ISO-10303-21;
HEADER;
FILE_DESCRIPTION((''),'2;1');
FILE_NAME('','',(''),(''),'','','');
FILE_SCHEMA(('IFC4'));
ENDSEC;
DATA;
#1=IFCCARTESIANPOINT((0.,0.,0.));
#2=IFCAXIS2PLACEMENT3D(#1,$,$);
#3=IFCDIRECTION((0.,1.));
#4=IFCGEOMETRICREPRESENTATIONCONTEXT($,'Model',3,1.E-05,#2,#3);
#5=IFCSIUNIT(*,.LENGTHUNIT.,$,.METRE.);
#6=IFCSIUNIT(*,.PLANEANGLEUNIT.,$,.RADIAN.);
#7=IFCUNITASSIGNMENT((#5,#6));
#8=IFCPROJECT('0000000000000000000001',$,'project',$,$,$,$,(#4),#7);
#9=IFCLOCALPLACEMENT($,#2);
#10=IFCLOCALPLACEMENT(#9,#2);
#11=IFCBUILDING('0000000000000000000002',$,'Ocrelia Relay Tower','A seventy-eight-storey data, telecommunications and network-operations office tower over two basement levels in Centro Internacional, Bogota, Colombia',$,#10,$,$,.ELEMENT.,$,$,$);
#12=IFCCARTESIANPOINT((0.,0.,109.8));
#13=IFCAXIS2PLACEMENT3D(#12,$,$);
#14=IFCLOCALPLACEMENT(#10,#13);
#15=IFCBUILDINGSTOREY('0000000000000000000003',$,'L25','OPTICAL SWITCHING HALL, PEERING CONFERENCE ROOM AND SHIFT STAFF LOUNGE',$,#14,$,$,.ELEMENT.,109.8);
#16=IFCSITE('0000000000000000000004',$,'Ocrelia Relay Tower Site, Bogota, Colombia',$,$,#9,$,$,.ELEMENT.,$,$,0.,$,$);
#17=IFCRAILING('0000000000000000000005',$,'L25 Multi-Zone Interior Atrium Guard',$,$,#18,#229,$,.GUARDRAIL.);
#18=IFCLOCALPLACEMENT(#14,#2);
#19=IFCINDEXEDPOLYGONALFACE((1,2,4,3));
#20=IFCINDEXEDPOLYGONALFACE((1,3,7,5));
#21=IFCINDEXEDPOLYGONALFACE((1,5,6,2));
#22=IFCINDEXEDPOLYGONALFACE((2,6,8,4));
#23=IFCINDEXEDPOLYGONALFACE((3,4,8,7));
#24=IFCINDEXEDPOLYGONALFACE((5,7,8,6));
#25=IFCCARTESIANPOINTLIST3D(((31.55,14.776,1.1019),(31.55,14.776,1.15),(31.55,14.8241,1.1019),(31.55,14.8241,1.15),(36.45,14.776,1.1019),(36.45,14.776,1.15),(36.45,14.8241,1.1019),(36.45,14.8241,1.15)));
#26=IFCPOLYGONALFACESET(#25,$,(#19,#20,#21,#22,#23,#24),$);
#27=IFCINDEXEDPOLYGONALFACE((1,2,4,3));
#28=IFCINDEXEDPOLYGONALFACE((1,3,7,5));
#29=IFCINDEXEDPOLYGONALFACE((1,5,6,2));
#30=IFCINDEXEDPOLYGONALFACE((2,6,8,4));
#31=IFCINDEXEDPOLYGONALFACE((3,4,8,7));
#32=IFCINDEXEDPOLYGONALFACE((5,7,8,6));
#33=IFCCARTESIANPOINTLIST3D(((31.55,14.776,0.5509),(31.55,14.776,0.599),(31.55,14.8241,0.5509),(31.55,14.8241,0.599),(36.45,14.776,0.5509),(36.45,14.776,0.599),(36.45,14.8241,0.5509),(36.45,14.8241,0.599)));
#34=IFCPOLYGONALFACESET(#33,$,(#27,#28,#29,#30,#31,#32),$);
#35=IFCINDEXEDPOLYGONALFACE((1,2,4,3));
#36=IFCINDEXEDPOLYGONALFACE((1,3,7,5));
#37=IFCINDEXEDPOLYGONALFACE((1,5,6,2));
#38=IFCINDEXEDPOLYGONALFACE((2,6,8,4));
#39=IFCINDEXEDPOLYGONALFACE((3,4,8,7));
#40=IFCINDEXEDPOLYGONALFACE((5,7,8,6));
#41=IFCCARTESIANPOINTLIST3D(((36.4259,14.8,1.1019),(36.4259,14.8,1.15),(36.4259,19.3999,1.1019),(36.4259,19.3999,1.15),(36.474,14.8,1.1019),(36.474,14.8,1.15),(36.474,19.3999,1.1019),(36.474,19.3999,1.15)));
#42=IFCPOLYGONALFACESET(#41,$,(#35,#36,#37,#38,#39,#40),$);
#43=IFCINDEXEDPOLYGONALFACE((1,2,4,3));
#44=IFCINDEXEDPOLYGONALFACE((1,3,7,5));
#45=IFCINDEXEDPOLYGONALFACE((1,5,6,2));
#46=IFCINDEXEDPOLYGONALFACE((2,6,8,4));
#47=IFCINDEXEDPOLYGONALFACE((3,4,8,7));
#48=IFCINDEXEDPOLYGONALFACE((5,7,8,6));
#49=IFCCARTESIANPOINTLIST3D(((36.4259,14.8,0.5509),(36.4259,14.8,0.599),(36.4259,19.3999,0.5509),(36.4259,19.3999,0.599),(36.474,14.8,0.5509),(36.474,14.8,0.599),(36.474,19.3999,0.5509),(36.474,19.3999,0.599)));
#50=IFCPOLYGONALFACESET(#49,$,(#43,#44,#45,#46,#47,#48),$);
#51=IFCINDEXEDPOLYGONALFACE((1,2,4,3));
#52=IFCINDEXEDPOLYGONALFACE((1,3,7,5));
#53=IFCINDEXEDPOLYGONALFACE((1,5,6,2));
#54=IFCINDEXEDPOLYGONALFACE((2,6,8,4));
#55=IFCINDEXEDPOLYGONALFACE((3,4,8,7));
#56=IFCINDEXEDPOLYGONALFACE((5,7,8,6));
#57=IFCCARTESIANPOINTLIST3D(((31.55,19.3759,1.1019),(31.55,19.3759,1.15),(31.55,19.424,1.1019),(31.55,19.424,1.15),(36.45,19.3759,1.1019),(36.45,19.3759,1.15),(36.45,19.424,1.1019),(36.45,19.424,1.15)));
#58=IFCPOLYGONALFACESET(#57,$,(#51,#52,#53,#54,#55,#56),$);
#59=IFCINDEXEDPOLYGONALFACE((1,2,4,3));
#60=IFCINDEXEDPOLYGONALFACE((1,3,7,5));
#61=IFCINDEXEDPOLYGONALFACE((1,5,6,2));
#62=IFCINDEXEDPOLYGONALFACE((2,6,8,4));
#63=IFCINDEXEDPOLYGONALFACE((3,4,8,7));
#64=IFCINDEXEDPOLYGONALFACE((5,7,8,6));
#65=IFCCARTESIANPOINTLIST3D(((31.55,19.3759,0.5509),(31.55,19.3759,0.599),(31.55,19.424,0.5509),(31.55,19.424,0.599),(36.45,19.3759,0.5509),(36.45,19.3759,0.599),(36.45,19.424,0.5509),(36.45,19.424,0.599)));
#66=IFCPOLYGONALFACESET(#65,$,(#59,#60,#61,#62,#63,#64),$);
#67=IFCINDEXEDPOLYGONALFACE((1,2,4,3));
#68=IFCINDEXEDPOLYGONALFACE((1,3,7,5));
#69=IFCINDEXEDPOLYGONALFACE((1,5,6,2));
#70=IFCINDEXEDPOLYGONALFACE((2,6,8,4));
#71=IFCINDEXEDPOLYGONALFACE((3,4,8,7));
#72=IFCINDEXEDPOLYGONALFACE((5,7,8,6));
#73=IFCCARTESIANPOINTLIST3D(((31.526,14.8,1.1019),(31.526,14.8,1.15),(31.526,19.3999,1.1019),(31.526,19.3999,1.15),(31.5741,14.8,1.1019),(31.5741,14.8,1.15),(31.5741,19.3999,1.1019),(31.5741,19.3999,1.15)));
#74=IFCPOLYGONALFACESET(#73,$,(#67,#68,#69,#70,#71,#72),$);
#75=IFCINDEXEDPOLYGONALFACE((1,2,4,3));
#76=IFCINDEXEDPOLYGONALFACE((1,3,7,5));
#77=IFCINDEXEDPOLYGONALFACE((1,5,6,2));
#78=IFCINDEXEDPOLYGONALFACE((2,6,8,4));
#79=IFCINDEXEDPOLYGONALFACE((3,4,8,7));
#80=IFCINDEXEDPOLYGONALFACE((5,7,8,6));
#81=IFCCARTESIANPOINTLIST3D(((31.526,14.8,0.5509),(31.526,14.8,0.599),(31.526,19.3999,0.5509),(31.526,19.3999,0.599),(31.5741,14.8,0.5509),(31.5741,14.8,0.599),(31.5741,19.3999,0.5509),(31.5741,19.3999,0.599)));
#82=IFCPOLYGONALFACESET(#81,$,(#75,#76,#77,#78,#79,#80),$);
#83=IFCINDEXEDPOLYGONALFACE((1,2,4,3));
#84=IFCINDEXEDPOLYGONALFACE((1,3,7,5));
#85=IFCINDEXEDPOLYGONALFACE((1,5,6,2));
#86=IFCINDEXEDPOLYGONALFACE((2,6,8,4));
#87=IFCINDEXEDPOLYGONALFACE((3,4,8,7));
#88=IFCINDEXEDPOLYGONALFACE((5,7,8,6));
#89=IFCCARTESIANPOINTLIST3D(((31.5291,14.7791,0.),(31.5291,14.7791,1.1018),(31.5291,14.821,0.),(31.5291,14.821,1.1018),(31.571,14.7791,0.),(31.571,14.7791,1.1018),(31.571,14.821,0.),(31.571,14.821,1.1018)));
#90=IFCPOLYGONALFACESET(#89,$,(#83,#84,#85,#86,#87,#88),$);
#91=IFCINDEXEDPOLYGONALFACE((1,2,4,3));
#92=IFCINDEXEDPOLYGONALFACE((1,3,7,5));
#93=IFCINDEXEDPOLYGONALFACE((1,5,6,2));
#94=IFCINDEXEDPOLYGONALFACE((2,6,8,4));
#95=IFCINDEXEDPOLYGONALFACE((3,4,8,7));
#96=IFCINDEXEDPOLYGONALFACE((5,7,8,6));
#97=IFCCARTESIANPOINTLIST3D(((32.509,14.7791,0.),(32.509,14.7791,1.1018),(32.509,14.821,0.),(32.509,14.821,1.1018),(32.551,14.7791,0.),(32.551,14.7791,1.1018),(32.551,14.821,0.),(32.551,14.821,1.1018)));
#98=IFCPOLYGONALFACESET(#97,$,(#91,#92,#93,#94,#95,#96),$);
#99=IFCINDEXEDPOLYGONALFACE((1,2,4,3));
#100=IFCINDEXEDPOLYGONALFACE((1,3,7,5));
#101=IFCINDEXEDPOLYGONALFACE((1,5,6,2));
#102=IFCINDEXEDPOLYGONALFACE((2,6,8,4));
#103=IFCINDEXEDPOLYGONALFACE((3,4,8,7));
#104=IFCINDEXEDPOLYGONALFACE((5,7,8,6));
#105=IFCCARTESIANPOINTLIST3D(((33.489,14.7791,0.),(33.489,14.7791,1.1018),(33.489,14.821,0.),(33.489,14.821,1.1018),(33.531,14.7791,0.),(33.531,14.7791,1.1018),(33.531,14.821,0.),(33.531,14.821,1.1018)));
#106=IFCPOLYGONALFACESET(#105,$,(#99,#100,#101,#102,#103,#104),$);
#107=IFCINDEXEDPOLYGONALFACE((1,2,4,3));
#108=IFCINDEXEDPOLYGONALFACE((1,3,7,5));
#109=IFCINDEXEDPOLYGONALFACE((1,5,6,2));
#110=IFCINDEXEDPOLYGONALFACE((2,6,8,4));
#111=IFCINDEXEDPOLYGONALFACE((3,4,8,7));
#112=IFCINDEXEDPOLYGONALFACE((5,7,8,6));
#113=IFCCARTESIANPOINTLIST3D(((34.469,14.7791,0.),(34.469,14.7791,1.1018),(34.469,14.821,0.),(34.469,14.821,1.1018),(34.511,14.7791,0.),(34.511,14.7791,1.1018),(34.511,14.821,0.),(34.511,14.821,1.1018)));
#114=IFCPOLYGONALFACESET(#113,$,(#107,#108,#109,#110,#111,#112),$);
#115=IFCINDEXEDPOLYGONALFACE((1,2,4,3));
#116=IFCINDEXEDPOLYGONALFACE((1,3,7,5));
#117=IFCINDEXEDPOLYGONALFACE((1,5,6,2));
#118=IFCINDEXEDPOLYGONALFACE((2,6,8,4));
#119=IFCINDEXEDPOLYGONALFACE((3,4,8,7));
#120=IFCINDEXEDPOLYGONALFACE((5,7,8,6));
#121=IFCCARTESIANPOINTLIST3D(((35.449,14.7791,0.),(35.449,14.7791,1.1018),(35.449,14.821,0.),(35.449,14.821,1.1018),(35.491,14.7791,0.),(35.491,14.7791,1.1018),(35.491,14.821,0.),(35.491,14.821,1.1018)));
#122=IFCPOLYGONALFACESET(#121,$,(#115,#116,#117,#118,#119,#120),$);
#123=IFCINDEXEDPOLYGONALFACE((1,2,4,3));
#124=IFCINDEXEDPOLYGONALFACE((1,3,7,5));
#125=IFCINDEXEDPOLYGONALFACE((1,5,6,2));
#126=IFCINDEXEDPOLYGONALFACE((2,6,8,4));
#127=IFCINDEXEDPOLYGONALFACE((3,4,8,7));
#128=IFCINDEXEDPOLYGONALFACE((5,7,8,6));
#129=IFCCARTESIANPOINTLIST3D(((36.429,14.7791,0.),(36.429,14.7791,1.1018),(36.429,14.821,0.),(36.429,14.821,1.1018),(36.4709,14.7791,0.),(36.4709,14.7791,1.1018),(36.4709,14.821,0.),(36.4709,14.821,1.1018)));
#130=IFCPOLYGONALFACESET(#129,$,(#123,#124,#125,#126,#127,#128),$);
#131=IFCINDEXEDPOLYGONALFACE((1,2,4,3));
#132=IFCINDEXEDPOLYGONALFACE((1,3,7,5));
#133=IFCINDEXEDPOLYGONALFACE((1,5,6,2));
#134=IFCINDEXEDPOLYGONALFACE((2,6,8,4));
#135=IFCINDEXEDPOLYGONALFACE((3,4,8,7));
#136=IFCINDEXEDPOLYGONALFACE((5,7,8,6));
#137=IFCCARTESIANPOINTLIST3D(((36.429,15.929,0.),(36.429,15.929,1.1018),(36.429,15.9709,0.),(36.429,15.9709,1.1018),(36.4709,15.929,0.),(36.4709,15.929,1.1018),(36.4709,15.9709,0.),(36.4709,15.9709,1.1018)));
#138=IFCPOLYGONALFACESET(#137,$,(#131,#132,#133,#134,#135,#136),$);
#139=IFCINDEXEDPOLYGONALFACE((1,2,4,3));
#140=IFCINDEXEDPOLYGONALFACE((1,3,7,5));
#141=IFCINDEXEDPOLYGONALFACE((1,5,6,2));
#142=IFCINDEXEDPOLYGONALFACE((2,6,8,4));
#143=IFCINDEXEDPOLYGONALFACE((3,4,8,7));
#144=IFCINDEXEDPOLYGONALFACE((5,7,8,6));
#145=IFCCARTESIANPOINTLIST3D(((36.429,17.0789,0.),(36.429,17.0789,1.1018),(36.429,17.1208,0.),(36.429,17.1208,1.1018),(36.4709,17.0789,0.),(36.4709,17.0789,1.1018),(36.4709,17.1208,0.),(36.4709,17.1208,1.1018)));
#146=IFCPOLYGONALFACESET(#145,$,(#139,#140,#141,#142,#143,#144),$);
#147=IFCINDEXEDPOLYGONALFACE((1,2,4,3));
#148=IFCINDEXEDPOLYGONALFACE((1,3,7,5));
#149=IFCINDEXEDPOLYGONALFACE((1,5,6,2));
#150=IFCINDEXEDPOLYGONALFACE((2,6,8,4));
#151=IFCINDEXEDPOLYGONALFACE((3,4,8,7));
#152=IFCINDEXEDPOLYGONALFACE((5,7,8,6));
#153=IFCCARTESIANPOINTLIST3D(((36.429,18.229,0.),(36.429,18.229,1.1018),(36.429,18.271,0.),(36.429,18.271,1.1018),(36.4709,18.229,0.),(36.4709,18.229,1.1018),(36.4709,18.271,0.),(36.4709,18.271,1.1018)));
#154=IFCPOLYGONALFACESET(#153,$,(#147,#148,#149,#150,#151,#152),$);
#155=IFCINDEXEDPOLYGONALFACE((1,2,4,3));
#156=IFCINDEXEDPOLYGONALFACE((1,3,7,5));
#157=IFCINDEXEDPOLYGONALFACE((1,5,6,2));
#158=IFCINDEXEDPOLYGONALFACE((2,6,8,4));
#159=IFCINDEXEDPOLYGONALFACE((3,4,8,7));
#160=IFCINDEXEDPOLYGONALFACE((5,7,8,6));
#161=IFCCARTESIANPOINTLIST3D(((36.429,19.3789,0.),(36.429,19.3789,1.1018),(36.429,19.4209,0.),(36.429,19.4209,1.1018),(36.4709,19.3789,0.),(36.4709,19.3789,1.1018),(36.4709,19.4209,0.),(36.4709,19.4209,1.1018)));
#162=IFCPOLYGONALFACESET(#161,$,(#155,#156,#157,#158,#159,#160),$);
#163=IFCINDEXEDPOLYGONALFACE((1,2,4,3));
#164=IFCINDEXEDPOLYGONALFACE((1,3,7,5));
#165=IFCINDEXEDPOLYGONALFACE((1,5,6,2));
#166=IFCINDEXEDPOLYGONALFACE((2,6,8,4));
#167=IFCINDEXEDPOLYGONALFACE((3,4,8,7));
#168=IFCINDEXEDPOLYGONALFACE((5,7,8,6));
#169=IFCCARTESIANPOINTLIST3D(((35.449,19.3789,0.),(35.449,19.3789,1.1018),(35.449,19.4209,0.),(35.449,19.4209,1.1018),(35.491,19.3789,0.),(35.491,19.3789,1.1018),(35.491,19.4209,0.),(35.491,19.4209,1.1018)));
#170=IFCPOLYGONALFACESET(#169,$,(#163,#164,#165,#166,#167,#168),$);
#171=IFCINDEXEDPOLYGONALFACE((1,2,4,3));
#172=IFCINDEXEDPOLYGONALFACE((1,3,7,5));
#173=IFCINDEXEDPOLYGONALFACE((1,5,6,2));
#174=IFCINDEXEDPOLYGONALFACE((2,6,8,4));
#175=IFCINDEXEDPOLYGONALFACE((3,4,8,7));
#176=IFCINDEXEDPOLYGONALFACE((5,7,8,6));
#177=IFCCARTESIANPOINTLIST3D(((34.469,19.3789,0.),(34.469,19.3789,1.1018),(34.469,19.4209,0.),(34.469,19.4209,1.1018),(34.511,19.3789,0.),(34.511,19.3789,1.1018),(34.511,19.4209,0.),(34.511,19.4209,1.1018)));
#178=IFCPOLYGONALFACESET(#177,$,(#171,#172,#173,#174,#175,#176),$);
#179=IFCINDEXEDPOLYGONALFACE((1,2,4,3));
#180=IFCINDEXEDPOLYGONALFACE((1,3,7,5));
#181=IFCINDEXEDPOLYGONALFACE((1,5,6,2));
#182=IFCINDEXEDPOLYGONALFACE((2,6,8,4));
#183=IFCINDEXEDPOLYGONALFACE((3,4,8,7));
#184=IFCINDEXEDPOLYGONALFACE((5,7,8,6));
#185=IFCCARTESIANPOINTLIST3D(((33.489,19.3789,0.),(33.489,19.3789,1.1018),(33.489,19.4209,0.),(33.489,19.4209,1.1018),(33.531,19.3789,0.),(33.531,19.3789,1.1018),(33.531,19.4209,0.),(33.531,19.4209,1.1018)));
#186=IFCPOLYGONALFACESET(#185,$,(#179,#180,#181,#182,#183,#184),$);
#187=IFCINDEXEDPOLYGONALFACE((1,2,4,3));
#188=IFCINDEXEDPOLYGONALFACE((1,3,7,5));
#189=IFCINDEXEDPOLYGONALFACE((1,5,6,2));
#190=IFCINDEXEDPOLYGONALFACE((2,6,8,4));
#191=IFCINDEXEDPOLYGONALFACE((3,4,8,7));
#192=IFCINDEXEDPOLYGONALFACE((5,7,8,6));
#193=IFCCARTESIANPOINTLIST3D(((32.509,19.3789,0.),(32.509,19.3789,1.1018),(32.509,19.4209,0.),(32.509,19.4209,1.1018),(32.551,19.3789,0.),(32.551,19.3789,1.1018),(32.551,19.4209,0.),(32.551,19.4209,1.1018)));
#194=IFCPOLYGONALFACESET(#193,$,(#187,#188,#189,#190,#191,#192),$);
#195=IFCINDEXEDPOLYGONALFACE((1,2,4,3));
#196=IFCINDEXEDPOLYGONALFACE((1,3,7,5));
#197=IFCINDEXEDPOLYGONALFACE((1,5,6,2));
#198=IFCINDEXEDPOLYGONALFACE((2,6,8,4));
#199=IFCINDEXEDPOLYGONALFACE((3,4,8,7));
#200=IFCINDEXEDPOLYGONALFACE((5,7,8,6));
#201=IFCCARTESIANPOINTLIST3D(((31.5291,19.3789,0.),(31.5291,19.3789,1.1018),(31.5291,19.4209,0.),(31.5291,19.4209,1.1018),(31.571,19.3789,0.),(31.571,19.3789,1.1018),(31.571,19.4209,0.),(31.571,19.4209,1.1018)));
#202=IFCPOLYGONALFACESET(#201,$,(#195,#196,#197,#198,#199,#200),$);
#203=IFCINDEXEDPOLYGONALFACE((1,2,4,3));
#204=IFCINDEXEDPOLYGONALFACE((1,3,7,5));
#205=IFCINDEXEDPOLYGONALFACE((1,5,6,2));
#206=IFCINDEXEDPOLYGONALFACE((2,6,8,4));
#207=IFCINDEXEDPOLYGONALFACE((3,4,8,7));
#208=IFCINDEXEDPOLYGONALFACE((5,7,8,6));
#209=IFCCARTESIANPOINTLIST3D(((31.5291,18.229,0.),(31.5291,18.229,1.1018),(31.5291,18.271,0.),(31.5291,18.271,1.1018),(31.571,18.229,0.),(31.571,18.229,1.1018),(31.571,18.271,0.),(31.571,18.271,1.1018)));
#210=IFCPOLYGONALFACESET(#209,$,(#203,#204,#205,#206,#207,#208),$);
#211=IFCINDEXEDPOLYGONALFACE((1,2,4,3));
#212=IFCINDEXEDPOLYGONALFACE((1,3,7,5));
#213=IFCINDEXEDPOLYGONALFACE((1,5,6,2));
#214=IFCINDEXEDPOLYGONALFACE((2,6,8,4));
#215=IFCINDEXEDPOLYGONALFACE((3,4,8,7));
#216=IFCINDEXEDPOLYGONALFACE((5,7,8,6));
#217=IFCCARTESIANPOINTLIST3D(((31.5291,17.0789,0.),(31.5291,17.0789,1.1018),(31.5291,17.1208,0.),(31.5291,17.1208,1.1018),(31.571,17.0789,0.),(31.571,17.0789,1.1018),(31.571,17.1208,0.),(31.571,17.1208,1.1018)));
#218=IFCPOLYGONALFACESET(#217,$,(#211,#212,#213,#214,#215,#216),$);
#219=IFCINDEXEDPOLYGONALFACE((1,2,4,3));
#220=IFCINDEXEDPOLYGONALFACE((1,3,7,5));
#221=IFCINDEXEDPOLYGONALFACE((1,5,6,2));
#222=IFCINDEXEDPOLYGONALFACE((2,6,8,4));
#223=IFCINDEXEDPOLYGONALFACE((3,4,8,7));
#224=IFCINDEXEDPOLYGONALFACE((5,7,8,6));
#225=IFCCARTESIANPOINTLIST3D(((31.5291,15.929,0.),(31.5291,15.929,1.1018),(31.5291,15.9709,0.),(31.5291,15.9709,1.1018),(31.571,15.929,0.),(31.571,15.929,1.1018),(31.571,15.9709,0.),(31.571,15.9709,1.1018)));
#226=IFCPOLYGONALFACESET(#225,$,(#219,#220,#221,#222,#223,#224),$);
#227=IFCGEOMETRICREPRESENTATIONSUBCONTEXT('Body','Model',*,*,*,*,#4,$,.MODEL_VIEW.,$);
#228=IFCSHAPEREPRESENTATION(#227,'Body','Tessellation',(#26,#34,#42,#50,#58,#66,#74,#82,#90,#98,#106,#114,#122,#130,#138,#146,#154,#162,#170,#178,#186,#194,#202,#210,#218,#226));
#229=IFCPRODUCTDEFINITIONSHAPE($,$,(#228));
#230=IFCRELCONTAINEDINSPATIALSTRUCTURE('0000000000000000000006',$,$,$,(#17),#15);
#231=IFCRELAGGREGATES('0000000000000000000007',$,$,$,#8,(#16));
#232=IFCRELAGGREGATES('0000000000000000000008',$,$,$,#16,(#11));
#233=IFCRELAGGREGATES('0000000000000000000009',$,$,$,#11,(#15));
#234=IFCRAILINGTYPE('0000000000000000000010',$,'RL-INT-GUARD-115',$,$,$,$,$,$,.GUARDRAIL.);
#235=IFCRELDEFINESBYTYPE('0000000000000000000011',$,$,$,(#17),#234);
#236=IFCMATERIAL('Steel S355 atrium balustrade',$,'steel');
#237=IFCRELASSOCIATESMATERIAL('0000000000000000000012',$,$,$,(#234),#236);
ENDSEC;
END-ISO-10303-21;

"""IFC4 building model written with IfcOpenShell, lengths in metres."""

from ifc_helpers import new_model, si_unit, direction, frame, origin, origin_2d, place, context, subcontext, project, spatial, rectangle, extrude, material, type_object, element, save


model = new_model("IFC4")

# Units and contexts
model_context = context("Model", 3, precision=1e-05, world=origin(), true_north=direction((0.0, 1.0)))
body_context = subcontext(model_context, "Body", "Model", "MODEL_VIEW")
ifc_project = project(units=[si_unit("LENGTHUNIT", "METRE"), si_unit("PLANEANGLEUNIT", "RADIAN")], contexts=[model_context])

# Site, building, storey
site_placement = place(None, origin())
site = spatial("IfcSite", under=ifc_project, at=site_placement, Name="Ocrelia Relay Tower Site, Bogota, Colombia", CompositionType="ELEMENT", RefElevation=0.0)
building_placement = place(site_placement, origin())
building = spatial("IfcBuilding", under=site, at=building_placement, Name="Ocrelia Relay Tower", Description="A seventy-eight-storey data, telecommunications and network-operations office tower over two basement levels in Centro Internacional, Bogota, Colombia", CompositionType="ELEMENT")
storey_placement = place(building_placement, frame((0.0, 0.0, 109.8)))
storey = spatial("IfcBuildingStorey", under=building, at=storey_placement, Name="L25", Description="OPTICAL SWITCHING HALL, PEERING CONFERENCE ROOM AND SHIFT STAFF LOUNGE", CompositionType="ELEMENT", Elevation=109.8)

# Railing
ifc_material_1 = material(Name="Steel S355 atrium balustrade", Category="steel")
railing_type_1 = type_object("IfcRailingType", Name="RL-INT-GUARD-115", PredefinedType="GUARDRAIL", material=ifc_material_1)
railing_1_placement = place(storey_placement, frame((31.55, 14.8, 0.0)))
element("IfcRailing", 1, at=railing_1_placement, inside=storey, type_object=railing_type_1, Name="L25 Multi-Zone Interior Atrium Guard", PredefinedType="GUARDRAIL", context=body_context, shape_type="SweptSolid", body=[
    extrude(rectangle(XDim=0.0481, YDim=0.0481, at=origin_2d()), frame((0.0, 0.0, 1.126), z_axis=(1.0, 0.0, 0.0), x_axis=(0.0, 1.0, 0.0)), (0.0, 0.0, 1.0), 4.8999),
    extrude(rectangle(XDim=0.0481, YDim=0.0481, at=origin_2d()), frame((0.0, 0.0, 0.575), z_axis=(1.0, 0.0, 0.0), x_axis=(0.0, 1.0, 0.0)), (0.0, 0.0, 1.0), 4.8999),
    extrude(rectangle(XDim=0.0481, YDim=0.0481, at=origin_2d()), frame((4.8999, 0.0, 1.126), z_axis=(0.0, 1.0, 0.0), x_axis=(-1.0, 0.0, 0.0)), (0.0, 0.0, 1.0), 4.5999),
    extrude(rectangle(XDim=0.0481, YDim=0.0481, at=origin_2d()), frame((4.8999, 0.0, 0.575), z_axis=(0.0, 1.0, 0.0), x_axis=(-1.0, 0.0, 0.0)), (0.0, 0.0, 1.0), 4.5999),
    extrude(rectangle(XDim=0.0481, YDim=0.0481, at=origin_2d()), frame((4.8999, 4.5999, 1.126), z_axis=(-1.0, 0.0, 0.0), x_axis=(0.0, -1.0, 0.0)), (0.0, 0.0, 1.0), 4.8999),
    extrude(rectangle(XDim=0.0481, YDim=0.0481, at=origin_2d()), frame((4.8999, 4.5999, 0.575), z_axis=(-1.0, 0.0, 0.0), x_axis=(0.0, -1.0, 0.0)), (0.0, 0.0, 1.0), 4.8999),
    extrude(rectangle(XDim=0.0481, YDim=0.0481, at=origin_2d()), frame((0.0, 4.5999, 1.126), z_axis=(0.0, -1.0, 0.0), x_axis=(1.0, 0.0, 0.0)), (0.0, 0.0, 1.0), 4.5999),
    extrude(rectangle(XDim=0.0481, YDim=0.0481, at=origin_2d()), frame((0.0, 4.5999, 0.575), z_axis=(0.0, -1.0, 0.0), x_axis=(1.0, 0.0, 0.0)), (0.0, 0.0, 1.0), 4.5999),
    extrude(rectangle(XDim=0.042, YDim=0.042, at=origin_2d()), origin(), (0.0, 0.0, 1.0), 1.1018),
    extrude(rectangle(XDim=0.042, YDim=0.042, at=origin_2d()), frame((0.98, 0.0, 0.0)), (0.0, 0.0, 1.0), 1.1018),
    extrude(rectangle(XDim=0.042, YDim=0.042, at=origin_2d()), frame((1.96, 0.0, 0.0)), (0.0, 0.0, 1.0), 1.1018),
    extrude(rectangle(XDim=0.042, YDim=0.042, at=origin_2d()), frame((2.9399, 0.0, 0.0)), (0.0, 0.0, 1.0), 1.1018),
    extrude(rectangle(XDim=0.042, YDim=0.042, at=origin_2d()), frame((3.9199, 0.0, 0.0)), (0.0, 0.0, 1.0), 1.1018),
    extrude(rectangle(XDim=0.042, YDim=0.042, at=origin_2d()), frame((4.8999, 0.0, 0.0)), (0.0, 0.0, 1.0), 1.1018),
    extrude(rectangle(XDim=0.042, YDim=0.042, at=origin_2d()), frame((4.8999, 1.1499, 0.0)), (0.0, 0.0, 1.0), 1.1018),
    extrude(rectangle(XDim=0.042, YDim=0.042, at=origin_2d()), frame((4.8999, 2.2998, 0.0)), (0.0, 0.0, 1.0), 1.1018),
    extrude(rectangle(XDim=0.042, YDim=0.042, at=origin_2d()), frame((4.8999, 3.45, 0.0)), (0.0, 0.0, 1.0), 1.1018),
    extrude(rectangle(XDim=0.042, YDim=0.042, at=origin_2d()), frame((4.8999, 4.5999, 0.0)), (0.0, 0.0, 1.0), 1.1018),
    extrude(rectangle(XDim=0.042, YDim=0.042, at=origin_2d()), frame((3.9199, 4.5999, 0.0)), (0.0, 0.0, 1.0), 1.1018),
    extrude(rectangle(XDim=0.042, YDim=0.042, at=origin_2d()), frame((2.9399, 4.5999, 0.0)), (0.0, 0.0, 1.0), 1.1018),
    extrude(rectangle(XDim=0.042, YDim=0.042, at=origin_2d()), frame((1.96, 4.5999, 0.0)), (0.0, 0.0, 1.0), 1.1018),
    extrude(rectangle(XDim=0.042, YDim=0.042, at=origin_2d()), frame((0.98, 4.5999, 0.0)), (0.0, 0.0, 1.0), 1.1018),
    extrude(rectangle(XDim=0.042, YDim=0.042, at=origin_2d()), frame((0.0, 4.5999, 0.0)), (0.0, 0.0, 1.0), 1.1018),
    extrude(rectangle(XDim=0.042, YDim=0.042, at=origin_2d()), frame((0.0, 3.45, 0.0)), (0.0, 0.0, 1.0), 1.1018),
    extrude(rectangle(XDim=0.042, YDim=0.042, at=origin_2d()), frame((0.0, 2.2998, 0.0)), (0.0, 0.0, 1.0), 1.1018),
    extrude(rectangle(XDim=0.042, YDim=0.042, at=origin_2d()), frame((0.0, 1.1499, 0.0)), (0.0, 0.0, 1.0), 1.1018),
])

save(model, "model.ifc")
